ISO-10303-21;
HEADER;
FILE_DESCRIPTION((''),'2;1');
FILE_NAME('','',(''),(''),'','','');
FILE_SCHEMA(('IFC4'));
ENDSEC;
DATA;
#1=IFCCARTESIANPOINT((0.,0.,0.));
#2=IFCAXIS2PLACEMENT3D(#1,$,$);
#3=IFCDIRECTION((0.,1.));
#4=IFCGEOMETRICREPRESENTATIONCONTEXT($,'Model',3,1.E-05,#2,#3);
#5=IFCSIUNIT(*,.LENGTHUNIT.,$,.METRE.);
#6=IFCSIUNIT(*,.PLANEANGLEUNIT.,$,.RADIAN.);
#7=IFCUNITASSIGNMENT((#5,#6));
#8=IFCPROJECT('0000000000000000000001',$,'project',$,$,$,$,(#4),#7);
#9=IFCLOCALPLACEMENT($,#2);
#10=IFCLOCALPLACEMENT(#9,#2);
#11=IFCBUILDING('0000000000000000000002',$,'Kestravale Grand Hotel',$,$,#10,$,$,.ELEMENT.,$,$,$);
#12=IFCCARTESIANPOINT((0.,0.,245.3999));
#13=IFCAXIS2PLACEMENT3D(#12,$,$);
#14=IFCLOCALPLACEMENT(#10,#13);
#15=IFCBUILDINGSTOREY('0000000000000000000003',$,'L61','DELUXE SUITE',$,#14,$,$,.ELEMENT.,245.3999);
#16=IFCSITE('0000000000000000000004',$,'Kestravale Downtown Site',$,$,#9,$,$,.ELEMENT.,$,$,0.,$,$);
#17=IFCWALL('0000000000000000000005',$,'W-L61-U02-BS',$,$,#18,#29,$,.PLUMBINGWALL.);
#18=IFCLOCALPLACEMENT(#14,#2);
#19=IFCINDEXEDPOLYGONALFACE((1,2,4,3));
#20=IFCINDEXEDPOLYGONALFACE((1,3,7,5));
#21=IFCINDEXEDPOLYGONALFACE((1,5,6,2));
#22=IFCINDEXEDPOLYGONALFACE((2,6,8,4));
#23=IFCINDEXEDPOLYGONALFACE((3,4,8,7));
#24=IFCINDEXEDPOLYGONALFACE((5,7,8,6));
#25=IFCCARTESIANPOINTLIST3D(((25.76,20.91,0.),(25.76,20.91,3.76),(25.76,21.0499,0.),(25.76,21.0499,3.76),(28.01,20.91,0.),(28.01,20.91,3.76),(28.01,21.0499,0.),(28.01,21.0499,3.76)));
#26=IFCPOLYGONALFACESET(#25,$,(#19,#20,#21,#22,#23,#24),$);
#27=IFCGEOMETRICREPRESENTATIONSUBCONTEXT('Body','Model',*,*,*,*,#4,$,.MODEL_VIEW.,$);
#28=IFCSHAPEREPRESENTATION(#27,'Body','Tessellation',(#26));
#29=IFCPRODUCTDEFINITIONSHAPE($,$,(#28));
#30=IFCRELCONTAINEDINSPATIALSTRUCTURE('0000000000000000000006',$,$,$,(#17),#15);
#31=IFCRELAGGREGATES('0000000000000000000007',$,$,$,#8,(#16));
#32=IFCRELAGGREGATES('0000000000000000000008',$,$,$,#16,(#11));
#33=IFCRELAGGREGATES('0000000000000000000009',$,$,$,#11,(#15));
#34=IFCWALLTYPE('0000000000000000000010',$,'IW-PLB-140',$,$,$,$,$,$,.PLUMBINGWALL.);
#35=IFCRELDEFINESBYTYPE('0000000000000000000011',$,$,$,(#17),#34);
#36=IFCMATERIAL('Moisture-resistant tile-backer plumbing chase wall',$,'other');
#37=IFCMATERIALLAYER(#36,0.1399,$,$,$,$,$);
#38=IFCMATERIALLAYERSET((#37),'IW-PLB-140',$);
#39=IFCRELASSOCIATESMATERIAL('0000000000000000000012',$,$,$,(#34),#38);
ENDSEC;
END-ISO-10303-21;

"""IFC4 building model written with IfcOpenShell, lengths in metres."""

from ifc_helpers import new_model, si_unit, direction, frame, frame_2d, origin, place, context, subcontext, project, spatial, rectangle, extrude, material, layer, layer_set, type_object, element, save


model = new_model("IFC4")

# Units and contexts
model_context = context("Model", 3, precision=1e-05, world=origin(), true_north=direction((0.0, 1.0)))
body_context = subcontext(model_context, "Body", "Model", "MODEL_VIEW")
ifc_project = project(units=[si_unit("LENGTHUNIT", "METRE"), si_unit("PLANEANGLEUNIT", "RADIAN")], contexts=[model_context])

# Site, building, storey
site_placement = place(None, origin())
site = spatial("IfcSite", under=ifc_project, at=site_placement, Name="Kestravale Downtown Site", CompositionType="ELEMENT", RefElevation=0.0)
building_placement = place(site_placement, origin())
building = spatial("IfcBuilding", under=site, at=building_placement, Name="Kestravale Grand Hotel", CompositionType="ELEMENT")
storey_placement = place(building_placement, frame((0.0, 0.0, 245.3999)))
storey = spatial("IfcBuildingStorey", under=building, at=storey_placement, Name="L61", Description="DELUXE SUITE", CompositionType="ELEMENT", Elevation=245.3999)

# Shared definitions
ifc_material_1 = material(Name="Moisture-resistant tile-backer plumbing chase wall", Category="other")
ifc_layer_1 = layer(ifc_material_1, 0.1399)
ifc_layer_set_1 = layer_set([ifc_layer_1], Name="IW-PLB-140")
wall_type_1 = type_object("IfcWallType", Name="IW-PLB-140", PredefinedType="PLUMBINGWALL", material=ifc_layer_set_1)

# Wall
wall_1_placement = place(storey_placement, frame((25.76, 20.98, 0.0), z_axis=(0.0, 0.0, 1.0), x_axis=(1.0, 0.0, 0.0)))
element("IfcWall", 1, at=wall_1_placement, inside=storey, type_object=wall_type_1, Name="W-L61-U02-BS", PredefinedType="PLUMBINGWALL", context=body_context, shape_type="SweptSolid", body=[
    extrude(rectangle(XDim=2.25, YDim=0.1399, at=frame_2d((1.125, 0.0))), origin(), (0.0, 0.0, 1.0), 3.76),
])

save(model, "model.ifc")
